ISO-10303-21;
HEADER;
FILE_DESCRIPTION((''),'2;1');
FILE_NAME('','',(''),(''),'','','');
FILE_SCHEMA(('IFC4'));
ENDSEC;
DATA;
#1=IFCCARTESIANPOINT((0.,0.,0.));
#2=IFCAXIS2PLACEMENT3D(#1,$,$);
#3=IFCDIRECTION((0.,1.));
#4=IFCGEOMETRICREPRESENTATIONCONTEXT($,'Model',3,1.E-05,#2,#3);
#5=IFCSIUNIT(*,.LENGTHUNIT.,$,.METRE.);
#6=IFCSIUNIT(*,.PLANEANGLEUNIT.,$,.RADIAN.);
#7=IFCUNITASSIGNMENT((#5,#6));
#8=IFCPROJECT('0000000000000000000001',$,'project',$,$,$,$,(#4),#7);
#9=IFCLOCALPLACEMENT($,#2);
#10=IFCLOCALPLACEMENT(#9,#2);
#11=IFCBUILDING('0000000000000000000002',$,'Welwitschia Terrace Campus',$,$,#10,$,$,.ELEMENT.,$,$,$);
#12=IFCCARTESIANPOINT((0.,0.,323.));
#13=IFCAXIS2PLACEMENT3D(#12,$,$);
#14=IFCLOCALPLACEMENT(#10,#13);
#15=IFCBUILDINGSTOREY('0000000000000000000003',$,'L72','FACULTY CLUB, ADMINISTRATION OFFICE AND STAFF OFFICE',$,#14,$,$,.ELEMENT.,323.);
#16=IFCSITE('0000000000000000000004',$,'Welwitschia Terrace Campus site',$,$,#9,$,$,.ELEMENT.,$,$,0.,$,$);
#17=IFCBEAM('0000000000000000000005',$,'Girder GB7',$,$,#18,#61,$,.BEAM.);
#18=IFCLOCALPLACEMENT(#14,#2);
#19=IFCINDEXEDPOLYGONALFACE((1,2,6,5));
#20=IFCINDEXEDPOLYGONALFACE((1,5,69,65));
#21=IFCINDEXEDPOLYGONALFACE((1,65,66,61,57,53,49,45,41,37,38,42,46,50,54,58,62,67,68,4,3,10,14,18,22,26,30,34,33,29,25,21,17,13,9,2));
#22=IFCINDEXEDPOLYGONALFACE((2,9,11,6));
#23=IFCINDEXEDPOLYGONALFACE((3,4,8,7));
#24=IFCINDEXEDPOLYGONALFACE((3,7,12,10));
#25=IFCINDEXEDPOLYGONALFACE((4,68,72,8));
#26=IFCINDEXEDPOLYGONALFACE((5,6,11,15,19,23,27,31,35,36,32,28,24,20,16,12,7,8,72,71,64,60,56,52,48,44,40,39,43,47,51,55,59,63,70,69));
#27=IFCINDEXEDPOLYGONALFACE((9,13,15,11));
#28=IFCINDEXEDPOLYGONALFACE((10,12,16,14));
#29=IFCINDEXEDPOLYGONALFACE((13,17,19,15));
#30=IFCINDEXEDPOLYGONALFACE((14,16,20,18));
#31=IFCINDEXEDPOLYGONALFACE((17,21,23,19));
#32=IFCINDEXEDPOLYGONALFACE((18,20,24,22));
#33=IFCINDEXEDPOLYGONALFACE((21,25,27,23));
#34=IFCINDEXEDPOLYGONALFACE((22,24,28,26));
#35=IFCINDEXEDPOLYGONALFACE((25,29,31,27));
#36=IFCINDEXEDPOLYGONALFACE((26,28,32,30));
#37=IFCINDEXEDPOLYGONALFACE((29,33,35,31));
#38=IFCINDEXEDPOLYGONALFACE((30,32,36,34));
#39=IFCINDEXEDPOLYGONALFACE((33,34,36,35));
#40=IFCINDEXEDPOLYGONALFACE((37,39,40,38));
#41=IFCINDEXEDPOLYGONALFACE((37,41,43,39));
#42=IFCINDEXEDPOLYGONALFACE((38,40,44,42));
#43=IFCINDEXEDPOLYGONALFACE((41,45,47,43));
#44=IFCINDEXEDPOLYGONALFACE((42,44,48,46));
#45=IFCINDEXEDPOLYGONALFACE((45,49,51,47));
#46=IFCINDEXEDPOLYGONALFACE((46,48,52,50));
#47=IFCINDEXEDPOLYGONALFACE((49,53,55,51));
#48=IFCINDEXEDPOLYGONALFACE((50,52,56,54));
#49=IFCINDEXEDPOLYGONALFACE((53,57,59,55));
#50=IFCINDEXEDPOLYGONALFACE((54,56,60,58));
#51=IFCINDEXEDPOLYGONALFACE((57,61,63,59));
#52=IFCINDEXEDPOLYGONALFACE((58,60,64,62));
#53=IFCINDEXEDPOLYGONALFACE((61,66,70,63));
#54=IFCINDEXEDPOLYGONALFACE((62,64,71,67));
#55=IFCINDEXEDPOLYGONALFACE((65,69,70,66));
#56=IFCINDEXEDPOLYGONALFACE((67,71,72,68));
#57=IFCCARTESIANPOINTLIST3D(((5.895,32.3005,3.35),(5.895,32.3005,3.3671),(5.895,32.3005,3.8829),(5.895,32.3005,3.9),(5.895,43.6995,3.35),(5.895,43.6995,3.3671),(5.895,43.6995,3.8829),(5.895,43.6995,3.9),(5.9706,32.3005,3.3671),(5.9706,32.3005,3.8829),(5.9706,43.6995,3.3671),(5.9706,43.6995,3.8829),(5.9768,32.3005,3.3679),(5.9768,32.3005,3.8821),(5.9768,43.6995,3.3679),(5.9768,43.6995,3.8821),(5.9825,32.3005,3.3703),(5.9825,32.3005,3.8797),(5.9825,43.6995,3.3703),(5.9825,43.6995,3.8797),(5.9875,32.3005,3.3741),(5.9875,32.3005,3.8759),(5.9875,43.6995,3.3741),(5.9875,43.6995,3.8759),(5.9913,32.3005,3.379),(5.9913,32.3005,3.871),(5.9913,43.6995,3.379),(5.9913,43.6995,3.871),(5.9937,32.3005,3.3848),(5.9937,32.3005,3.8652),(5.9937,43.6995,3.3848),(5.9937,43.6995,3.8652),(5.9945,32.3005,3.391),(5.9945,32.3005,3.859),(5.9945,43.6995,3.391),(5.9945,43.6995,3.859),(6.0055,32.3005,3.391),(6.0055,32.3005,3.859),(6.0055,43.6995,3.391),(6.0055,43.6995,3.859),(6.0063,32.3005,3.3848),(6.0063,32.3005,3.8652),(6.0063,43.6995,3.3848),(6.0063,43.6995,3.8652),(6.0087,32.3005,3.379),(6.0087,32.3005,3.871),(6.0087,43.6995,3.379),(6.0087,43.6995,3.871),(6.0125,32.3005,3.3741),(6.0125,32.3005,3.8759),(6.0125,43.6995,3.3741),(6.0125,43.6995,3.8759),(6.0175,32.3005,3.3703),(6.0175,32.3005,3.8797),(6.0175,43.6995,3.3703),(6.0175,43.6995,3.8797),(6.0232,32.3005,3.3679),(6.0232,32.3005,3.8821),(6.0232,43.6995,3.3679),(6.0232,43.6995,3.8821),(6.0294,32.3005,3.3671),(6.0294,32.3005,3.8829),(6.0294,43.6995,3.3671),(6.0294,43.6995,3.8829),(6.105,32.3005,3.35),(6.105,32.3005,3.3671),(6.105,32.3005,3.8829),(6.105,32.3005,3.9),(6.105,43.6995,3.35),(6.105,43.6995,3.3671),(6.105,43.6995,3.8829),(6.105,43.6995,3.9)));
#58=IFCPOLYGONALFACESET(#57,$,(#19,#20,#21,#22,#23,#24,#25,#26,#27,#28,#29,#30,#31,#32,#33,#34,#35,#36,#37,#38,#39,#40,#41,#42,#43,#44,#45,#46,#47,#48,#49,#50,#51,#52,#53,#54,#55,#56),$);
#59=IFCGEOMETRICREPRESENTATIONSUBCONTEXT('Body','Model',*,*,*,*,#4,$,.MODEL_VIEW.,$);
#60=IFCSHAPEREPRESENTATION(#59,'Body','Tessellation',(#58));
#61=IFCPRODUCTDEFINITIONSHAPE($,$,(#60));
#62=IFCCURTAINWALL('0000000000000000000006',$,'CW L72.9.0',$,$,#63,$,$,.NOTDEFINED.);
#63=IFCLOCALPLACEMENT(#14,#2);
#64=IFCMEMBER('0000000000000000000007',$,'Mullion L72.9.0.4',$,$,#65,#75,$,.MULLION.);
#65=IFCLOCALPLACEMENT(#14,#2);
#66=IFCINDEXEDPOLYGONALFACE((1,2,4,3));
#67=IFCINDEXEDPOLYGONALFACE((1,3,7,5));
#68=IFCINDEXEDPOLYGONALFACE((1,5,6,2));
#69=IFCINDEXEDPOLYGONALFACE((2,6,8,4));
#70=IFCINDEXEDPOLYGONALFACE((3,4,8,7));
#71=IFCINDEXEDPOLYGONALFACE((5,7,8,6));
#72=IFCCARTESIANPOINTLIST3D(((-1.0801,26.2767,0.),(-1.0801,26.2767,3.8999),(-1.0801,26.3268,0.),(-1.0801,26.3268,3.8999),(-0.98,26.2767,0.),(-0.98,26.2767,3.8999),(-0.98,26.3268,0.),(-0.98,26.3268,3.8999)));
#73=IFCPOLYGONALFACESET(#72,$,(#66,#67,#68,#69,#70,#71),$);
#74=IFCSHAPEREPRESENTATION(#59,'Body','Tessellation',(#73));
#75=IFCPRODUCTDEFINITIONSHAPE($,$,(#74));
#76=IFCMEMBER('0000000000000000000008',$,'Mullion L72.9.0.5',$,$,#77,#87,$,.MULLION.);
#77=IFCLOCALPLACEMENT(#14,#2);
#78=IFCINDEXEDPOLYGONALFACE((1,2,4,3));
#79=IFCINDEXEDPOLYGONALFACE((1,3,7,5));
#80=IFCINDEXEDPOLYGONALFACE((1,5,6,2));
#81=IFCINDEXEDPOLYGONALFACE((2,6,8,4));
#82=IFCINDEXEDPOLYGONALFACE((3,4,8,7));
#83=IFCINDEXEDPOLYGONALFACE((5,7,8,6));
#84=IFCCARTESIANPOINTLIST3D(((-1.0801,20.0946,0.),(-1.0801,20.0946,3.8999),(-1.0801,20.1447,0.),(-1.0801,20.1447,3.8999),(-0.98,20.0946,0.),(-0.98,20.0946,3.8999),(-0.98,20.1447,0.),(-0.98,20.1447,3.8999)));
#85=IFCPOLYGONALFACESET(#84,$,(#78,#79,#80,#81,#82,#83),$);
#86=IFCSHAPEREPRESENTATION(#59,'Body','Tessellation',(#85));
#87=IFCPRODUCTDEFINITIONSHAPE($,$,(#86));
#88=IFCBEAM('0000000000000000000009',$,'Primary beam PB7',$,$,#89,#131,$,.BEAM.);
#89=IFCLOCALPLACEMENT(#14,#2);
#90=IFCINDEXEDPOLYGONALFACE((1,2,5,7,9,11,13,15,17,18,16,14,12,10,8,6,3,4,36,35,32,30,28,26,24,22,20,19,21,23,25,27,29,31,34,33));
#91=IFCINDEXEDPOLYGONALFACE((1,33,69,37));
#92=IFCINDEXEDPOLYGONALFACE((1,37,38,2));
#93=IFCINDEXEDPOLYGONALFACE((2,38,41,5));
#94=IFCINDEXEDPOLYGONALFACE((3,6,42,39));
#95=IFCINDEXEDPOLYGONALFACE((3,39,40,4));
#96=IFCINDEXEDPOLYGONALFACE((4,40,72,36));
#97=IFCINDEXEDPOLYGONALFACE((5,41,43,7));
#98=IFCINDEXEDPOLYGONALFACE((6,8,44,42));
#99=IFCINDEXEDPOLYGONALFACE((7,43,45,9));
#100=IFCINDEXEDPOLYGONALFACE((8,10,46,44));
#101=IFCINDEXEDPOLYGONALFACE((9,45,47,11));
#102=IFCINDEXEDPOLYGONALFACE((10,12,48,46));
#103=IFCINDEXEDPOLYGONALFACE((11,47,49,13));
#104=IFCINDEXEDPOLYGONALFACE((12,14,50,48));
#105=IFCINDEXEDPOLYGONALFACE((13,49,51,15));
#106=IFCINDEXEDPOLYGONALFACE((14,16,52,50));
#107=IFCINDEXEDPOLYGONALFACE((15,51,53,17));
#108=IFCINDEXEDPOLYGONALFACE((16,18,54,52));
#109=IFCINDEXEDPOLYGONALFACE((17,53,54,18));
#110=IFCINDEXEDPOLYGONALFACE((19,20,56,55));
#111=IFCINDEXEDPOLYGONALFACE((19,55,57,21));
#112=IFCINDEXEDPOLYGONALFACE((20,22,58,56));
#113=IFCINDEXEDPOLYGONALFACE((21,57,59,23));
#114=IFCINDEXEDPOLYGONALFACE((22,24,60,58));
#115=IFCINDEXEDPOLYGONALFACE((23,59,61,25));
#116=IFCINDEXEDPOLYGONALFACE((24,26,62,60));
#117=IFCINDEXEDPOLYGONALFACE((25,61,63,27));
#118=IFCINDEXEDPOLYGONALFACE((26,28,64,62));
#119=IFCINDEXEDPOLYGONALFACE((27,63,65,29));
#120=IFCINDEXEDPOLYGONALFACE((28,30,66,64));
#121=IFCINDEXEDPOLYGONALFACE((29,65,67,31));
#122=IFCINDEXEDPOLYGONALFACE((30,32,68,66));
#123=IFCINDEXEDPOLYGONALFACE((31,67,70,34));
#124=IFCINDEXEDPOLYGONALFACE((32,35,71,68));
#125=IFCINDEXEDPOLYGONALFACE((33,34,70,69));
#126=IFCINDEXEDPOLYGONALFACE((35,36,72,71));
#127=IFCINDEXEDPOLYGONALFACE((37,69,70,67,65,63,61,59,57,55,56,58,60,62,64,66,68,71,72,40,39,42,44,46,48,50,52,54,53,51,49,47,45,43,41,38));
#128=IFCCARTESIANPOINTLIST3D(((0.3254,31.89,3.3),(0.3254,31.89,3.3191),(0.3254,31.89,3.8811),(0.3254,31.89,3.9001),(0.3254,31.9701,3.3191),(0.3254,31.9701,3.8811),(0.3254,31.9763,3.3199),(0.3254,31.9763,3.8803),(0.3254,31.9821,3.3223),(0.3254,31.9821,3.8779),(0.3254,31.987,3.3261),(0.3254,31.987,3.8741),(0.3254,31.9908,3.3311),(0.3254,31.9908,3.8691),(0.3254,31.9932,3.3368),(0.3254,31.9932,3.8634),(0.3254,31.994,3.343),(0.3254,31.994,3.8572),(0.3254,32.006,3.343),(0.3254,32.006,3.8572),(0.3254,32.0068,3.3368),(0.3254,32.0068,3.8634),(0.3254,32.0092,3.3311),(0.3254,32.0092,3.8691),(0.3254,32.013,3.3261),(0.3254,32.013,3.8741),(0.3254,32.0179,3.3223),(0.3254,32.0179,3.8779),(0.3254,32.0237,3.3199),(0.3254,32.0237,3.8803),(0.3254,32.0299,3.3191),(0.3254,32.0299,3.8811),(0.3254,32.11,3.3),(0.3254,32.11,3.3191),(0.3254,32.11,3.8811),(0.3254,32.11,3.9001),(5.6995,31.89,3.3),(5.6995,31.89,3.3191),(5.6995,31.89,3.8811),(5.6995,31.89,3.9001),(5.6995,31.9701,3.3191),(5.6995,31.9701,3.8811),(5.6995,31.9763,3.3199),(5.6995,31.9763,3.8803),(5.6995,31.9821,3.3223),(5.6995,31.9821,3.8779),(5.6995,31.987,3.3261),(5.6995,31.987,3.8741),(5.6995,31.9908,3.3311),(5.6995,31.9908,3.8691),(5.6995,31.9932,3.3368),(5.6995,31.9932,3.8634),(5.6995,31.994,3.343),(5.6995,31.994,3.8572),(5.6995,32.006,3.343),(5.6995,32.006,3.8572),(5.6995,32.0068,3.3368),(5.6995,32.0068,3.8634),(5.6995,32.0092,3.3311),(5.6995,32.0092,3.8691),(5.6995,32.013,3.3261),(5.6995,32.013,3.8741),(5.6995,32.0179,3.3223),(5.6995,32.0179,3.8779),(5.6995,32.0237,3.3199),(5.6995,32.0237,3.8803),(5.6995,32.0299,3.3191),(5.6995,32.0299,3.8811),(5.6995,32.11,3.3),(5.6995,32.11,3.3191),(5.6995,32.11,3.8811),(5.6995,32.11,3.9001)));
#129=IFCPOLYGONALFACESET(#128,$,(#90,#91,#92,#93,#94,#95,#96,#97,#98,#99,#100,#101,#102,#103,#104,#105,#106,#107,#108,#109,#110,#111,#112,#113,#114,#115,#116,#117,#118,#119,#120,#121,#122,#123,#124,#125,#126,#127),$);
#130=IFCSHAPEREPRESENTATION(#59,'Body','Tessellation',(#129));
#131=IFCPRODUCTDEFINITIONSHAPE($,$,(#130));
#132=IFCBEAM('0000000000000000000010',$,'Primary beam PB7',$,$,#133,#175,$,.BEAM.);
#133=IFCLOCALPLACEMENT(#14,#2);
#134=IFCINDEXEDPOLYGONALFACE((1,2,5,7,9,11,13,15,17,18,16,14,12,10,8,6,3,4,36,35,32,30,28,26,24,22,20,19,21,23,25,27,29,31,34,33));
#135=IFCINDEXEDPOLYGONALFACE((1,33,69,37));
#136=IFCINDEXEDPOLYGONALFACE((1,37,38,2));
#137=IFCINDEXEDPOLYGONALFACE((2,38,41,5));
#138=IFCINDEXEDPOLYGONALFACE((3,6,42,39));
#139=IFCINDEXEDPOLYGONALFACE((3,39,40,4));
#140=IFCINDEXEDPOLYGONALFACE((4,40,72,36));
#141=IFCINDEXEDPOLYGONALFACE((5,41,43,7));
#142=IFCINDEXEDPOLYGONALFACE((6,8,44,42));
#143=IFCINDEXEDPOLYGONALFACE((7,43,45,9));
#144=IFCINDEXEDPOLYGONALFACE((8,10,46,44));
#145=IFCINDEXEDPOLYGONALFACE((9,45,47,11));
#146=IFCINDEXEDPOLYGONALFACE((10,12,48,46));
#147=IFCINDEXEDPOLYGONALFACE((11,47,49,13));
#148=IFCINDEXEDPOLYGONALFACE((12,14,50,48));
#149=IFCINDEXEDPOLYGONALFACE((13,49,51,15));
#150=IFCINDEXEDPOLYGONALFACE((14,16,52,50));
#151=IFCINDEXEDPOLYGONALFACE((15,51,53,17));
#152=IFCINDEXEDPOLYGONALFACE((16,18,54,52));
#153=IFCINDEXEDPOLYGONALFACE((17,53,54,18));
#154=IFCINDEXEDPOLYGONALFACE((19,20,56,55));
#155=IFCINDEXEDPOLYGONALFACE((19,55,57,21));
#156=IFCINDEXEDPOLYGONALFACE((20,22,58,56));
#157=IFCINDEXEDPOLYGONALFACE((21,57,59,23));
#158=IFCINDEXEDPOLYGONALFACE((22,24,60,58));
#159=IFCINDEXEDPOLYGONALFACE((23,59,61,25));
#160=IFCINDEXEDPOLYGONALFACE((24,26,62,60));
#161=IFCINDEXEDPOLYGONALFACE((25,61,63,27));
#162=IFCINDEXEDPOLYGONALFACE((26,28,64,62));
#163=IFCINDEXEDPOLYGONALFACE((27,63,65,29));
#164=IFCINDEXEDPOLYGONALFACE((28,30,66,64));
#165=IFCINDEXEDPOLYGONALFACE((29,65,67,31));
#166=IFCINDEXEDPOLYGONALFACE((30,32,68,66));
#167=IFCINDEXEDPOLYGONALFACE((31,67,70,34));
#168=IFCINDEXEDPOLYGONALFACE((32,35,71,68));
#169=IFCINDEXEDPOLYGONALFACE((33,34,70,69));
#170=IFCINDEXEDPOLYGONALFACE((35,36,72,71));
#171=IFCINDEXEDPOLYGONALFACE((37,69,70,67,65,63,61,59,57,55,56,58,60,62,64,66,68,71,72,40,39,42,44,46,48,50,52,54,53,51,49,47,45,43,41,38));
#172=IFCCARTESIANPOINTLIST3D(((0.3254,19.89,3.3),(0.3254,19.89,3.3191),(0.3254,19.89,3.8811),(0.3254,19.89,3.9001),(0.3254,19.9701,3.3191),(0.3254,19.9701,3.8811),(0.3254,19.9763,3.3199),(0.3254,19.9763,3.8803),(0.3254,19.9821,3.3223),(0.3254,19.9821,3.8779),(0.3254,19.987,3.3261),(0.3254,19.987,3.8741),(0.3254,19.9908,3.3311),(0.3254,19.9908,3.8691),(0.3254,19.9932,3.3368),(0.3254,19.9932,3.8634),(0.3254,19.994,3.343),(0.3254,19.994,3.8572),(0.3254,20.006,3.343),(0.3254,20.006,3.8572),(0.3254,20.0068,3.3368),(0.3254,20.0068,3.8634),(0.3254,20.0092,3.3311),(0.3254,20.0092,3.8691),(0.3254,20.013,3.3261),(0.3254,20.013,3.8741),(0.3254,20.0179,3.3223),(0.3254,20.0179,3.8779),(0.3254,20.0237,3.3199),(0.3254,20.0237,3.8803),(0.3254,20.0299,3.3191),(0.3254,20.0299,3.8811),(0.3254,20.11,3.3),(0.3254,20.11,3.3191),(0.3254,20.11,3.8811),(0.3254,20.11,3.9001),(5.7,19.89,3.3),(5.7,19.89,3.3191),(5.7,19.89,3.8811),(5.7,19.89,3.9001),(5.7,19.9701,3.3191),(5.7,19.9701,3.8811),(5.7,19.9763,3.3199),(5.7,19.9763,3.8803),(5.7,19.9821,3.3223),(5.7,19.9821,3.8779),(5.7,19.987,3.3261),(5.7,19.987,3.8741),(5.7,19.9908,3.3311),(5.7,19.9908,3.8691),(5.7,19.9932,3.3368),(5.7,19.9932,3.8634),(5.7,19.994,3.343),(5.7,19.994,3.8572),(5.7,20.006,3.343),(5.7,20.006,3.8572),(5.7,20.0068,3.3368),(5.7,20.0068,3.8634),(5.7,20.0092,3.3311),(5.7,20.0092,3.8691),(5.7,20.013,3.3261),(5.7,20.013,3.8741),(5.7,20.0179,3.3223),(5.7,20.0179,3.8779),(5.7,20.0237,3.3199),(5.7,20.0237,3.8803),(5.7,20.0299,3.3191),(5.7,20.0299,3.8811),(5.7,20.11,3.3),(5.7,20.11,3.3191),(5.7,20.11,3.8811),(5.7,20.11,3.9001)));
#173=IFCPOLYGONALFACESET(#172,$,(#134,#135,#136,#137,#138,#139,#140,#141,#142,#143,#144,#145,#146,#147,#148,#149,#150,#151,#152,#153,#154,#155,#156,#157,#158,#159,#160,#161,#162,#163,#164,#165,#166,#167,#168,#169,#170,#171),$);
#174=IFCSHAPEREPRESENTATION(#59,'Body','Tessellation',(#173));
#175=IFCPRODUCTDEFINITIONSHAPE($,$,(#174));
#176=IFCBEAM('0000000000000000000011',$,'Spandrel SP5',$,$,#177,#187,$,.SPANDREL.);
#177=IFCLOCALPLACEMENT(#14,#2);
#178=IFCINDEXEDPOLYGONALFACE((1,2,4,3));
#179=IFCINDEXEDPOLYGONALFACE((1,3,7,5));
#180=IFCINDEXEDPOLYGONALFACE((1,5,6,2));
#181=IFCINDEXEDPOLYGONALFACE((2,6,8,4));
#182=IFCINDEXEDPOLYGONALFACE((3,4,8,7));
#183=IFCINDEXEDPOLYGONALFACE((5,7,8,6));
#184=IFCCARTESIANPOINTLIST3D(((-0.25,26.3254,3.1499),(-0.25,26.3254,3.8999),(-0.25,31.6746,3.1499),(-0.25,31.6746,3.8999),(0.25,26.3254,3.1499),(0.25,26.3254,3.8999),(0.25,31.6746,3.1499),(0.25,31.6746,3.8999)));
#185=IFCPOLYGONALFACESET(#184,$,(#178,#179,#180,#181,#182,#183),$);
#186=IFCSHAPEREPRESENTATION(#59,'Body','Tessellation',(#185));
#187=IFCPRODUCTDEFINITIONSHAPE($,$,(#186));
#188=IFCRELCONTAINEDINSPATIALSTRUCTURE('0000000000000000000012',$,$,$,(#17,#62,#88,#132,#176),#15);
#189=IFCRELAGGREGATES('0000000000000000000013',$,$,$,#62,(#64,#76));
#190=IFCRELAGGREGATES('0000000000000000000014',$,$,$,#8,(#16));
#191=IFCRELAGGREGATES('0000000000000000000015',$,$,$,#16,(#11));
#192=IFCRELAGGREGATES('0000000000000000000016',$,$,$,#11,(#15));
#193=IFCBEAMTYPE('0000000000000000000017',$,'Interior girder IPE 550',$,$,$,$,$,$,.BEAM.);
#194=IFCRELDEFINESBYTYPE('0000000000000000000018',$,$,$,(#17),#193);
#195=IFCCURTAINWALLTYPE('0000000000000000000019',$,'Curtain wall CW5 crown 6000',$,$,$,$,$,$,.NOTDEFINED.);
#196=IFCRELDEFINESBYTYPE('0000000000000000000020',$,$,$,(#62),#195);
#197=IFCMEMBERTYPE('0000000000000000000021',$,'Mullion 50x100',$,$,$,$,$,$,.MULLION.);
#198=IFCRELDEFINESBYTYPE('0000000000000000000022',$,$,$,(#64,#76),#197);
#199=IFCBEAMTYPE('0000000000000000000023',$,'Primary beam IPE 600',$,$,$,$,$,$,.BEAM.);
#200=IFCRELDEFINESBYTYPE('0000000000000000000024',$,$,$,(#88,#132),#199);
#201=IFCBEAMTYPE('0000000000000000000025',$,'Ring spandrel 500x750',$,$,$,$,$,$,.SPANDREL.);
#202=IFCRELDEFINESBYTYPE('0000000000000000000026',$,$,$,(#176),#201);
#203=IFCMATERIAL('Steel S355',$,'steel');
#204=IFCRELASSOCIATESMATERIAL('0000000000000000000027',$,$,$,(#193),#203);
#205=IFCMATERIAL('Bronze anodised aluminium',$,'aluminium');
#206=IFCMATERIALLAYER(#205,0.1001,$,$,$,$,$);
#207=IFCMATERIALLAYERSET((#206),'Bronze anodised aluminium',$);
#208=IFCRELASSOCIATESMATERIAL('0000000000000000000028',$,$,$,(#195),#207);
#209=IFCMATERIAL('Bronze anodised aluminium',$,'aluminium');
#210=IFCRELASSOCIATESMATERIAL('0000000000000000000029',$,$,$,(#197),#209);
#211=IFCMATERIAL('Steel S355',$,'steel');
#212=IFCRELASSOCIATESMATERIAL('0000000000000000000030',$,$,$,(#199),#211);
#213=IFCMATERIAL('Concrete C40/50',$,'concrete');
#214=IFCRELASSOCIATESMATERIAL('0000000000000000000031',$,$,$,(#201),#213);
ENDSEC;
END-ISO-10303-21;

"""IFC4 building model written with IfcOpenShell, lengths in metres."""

from ifc_helpers import new_model, si_unit, direction, frame, origin, origin_2d, place, context, subcontext, project, spatial, rectangle, i_section, extrude, material, layer, layer_set, material_profile, profile_set, type_object, element, aggregate, save


model = new_model("IFC4")

# Units and contexts
model_context = context("Model", 3, precision=1e-05, world=origin(), true_north=direction((0.0, 1.0)))
body_context = subcontext(model_context, "Body", "Model", "MODEL_VIEW")
ifc_project = project(units=[si_unit("LENGTHUNIT", "METRE"), si_unit("PLANEANGLEUNIT", "RADIAN")], contexts=[model_context])

# Site, building, storey
site_placement = place(None, origin())
site = spatial("IfcSite", under=ifc_project, at=site_placement, Name="Welwitschia Terrace Campus site", CompositionType="ELEMENT", RefElevation=0.0)
building_placement = place(site_placement, origin())
building = spatial("IfcBuilding", under=site, at=building_placement, Name="Welwitschia Terrace Campus", CompositionType="ELEMENT")
storey_placement = place(building_placement, frame((0.0, 0.0, 323.0)))
storey = spatial("IfcBuildingStorey", under=building, at=storey_placement, Name="L72", Description="FACULTY CLUB, ADMINISTRATION OFFICE AND STAFF OFFICE", CompositionType="ELEMENT", Elevation=323.0)

# Beam
ifc_material_1 = material(Name="Steel S355", Category="steel")
ifc_material_profile_1 = material_profile(ifc_material_1, i_section(OverallWidth=0.21, OverallDepth=0.55, WebThickness=0.011, FlangeThickness=0.0171, FilletRadius=0.0239, at=origin_2d()))
ifc_profile_set_1 = profile_set([ifc_material_profile_1], Name="Steel S355")
beam_type_1 = type_object("IfcBeamType", Name="Interior girder IPE 550", PredefinedType="BEAM", material=ifc_profile_set_1)
beam_1_placement = place(storey_placement, frame((6.0, 32.3005, 3.625), z_axis=(0.0, 1.0, 0.0), x_axis=(-1.0, 0.0, 0.0)))
element("IfcBeam", 1, at=beam_1_placement, inside=storey, type_object=beam_type_1, Name="Girder GB7", PredefinedType="BEAM", context=body_context, shape_type="SweptSolid", body=[
    extrude(i_section(OverallWidth=0.21, OverallDepth=0.55, WebThickness=0.011, FlangeThickness=0.0171, FilletRadius=0.0239, at=origin_2d()), origin(), (0.0, 0.0, 1.0), 11.3989),
])

# Curtain wall, members
ifc_material_2 = material(Name="Bronze anodised aluminium", Category="aluminium")
ifc_layer_1 = layer(ifc_material_2, 0.1001)
ifc_layer_set_1 = layer_set([ifc_layer_1], Name="Bronze anodised aluminium")
curtain_wall_type = type_object("IfcCurtainWallType", Name="Curtain wall CW5 crown 6000", PredefinedType="NOTDEFINED", material=ifc_layer_set_1)
curtain_wall_placement = place(storey_placement, origin())
curtain_wall = element("IfcCurtainWall", 2, at=curtain_wall_placement, inside=storey, type_object=curtain_wall_type, Name="CW L72.9.0", PredefinedType="NOTDEFINED")
ifc_material_3 = material(Name="Bronze anodised aluminium", Category="aluminium")
ifc_material_profile_2 = material_profile(ifc_material_3, rectangle(XDim=0.1001, YDim=0.05, at=origin_2d()))
ifc_profile_set_2 = profile_set([ifc_material_profile_2], Name="Bronze anodised aluminium")
member_type = type_object("IfcMemberType", Name="Mullion 50x100", PredefinedType="MULLION", material=ifc_profile_set_2)
member_1_placement = place(storey_placement, frame((-1.03, 26.3018, 0.0), z_axis=(0.0, 0.0, 1.0), x_axis=(1.0, 0.0, 0.0)))
member_1 = element("IfcMember", 3, at=member_1_placement, type_object=member_type, Name="Mullion L72.9.0.4", PredefinedType="MULLION", context=body_context, shape_type="SweptSolid", body=[
    extrude(rectangle(XDim=0.1001, YDim=0.05, at=origin_2d()), origin(), (0.0, 0.0, 1.0), 3.8999),
])
member_2_placement = place(storey_placement, frame((-1.03, 20.1196, 0.0), z_axis=(0.0, 0.0, 1.0), x_axis=(1.0, 0.0, 0.0)))
member_2 = element("IfcMember", 4, at=member_2_placement, type_object=member_type, Name="Mullion L72.9.0.5", PredefinedType="MULLION", context=body_context, shape_type="SweptSolid", body=[
    extrude(rectangle(XDim=0.1001, YDim=0.05, at=origin_2d()), origin(), (0.0, 0.0, 1.0), 3.8999),
])

# Beams
ifc_material_4 = material(Name="Steel S355", Category="steel")
ifc_material_profile_3 = material_profile(ifc_material_4, i_section(OverallWidth=0.22, OverallDepth=0.6001, WebThickness=0.012, FlangeThickness=0.019, FilletRadius=0.0239, at=origin_2d()))
ifc_profile_set_3 = profile_set([ifc_material_profile_3], Name="Steel S355")
beam_type_2 = type_object("IfcBeamType", Name="Primary beam IPE 600", PredefinedType="BEAM", material=ifc_profile_set_3)
beam_2_placement = place(storey_placement, frame((0.3254, 32.0, 3.6001), z_axis=(1.0, 0.0, 0.0), x_axis=(0.0, 1.0, 0.0)))
element("IfcBeam", 5, at=beam_2_placement, inside=storey, type_object=beam_type_2, Name="Primary beam PB7", PredefinedType="BEAM", context=body_context, shape_type="SweptSolid", body=[
    extrude(i_section(OverallWidth=0.22, OverallDepth=0.6001, WebThickness=0.012, FlangeThickness=0.019, FilletRadius=0.0239, at=origin_2d()), origin(), (0.0, 0.0, 1.0), 5.374),
])
beam_3_placement = place(storey_placement, frame((0.3254, 20.0, 3.6001), z_axis=(1.0, 0.0, 0.0), x_axis=(0.0, 1.0, 0.0)))
element("IfcBeam", 6, at=beam_3_placement, inside=storey, type_object=beam_type_2, Name="Primary beam PB7", PredefinedType="BEAM", context=body_context, shape_type="SweptSolid", body=[
    extrude(i_section(OverallWidth=0.22, OverallDepth=0.6001, WebThickness=0.012, FlangeThickness=0.019, FilletRadius=0.0239, at=origin_2d()), origin(), (0.0, 0.0, 1.0), 5.3745),
])
ifc_material_5 = material(Name="Concrete C40/50", Category="concrete")
ifc_material_profile_4 = material_profile(ifc_material_5, rectangle(XDim=0.5, YDim=0.75, at=origin_2d()))
ifc_profile_set_4 = profile_set([ifc_material_profile_4], Name="Concrete C40/50")
beam_type_3 = type_object("IfcBeamType", Name="Ring spandrel 500x750", PredefinedType="SPANDREL", material=ifc_profile_set_4)
for number, where, z_axis, x_axis, name in (
    (7, (0.0, 31.6746, 3.5249), (0.0, -1.0, 0.0), (1.0, 0.0, 0.0), "Spandrel SP5"),
):
    element("IfcBeam", number, at=place(storey_placement, frame(where, z_axis=z_axis, x_axis=x_axis)), inside=storey, type_object=beam_type_3, Name=name, PredefinedType="SPANDREL", context=body_context, shape_type="SweptSolid", body=[
        extrude(rectangle(XDim=0.5, YDim=0.75, at=origin_2d()), origin(), (0.0, 0.0, 1.0), 5.3491),
    ])

aggregate(curtain_wall, [member_1, member_2])

save(model, "model.ifc")
